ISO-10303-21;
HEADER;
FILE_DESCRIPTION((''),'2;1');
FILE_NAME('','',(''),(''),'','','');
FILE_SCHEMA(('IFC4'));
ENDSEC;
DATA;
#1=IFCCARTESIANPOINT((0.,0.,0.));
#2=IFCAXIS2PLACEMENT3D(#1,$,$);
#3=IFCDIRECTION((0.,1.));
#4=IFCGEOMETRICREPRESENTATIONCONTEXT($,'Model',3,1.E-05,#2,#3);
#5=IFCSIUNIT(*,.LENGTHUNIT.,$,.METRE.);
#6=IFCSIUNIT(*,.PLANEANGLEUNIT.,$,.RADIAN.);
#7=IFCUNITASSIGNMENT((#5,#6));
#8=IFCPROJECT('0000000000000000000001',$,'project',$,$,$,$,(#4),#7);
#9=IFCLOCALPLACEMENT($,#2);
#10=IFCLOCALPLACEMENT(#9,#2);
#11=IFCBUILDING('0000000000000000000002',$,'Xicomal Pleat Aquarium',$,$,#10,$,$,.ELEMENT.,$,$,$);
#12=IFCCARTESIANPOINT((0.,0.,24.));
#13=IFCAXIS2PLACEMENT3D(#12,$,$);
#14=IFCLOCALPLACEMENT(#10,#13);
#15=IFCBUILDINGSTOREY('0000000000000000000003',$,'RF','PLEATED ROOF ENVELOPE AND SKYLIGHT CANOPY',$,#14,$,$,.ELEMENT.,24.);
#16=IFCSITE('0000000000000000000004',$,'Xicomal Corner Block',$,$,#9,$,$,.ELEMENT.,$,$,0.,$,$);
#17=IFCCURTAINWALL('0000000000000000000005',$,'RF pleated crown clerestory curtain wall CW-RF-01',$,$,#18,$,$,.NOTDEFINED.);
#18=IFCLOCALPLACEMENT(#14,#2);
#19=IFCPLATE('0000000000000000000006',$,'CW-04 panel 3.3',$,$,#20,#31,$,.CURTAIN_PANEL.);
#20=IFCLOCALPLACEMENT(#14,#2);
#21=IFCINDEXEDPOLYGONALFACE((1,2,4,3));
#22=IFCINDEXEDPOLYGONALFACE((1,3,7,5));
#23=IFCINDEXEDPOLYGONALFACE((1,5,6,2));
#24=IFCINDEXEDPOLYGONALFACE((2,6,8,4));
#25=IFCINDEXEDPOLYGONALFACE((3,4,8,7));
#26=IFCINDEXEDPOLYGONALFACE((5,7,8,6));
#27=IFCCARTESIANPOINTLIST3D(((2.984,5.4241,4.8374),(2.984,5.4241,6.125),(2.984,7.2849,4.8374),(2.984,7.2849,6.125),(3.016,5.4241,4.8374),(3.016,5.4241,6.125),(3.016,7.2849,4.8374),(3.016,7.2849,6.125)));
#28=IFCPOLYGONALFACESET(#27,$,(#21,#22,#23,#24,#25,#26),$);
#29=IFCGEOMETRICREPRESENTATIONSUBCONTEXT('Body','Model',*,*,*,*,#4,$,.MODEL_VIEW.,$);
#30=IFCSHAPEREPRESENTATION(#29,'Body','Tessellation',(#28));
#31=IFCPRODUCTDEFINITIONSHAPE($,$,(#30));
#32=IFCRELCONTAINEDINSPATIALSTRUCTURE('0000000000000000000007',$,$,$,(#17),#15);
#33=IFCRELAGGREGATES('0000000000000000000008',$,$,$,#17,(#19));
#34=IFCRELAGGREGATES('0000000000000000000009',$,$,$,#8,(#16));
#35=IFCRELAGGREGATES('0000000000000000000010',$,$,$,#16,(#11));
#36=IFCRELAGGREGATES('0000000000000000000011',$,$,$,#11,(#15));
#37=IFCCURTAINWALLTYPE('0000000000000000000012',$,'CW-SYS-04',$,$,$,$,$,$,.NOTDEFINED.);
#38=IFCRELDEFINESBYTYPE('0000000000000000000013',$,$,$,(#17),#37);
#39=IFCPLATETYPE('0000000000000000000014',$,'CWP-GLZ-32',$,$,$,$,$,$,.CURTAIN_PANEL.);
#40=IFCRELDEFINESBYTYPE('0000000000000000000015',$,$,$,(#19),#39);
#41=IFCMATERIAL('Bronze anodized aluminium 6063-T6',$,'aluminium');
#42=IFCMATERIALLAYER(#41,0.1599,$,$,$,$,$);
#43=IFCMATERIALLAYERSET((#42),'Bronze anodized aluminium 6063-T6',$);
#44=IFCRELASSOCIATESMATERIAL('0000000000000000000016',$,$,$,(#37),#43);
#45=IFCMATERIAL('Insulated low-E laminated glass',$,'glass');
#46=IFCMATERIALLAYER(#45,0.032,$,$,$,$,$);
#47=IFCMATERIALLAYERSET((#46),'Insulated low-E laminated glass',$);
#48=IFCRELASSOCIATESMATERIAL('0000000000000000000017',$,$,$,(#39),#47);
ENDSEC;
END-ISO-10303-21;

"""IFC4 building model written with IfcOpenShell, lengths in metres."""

from ifc_helpers import new_model, si_unit, direction, frame, origin, origin_2d, place, context, subcontext, project, spatial, rectangle, extrude, material, layer, layer_set, type_object, element, aggregate, save


model = new_model("IFC4")

# Units and contexts
model_context = context("Model", 3, precision=1e-05, world=origin(), true_north=direction((0.0, 1.0)))
body_context = subcontext(model_context, "Body", "Model", "MODEL_VIEW")
ifc_project = project(units=[si_unit("LENGTHUNIT", "METRE"), si_unit("PLANEANGLEUNIT", "RADIAN")], contexts=[model_context])

# Site, building, storey
site_placement = place(None, origin())
site = spatial("IfcSite", under=ifc_project, at=site_placement, Name="Xicomal Corner Block", CompositionType="ELEMENT", RefElevation=0.0)
building_placement = place(site_placement, origin())
building = spatial("IfcBuilding", under=site, at=building_placement, Name="Xicomal Pleat Aquarium", CompositionType="ELEMENT")
storey_placement = place(building_placement, frame((0.0, 0.0, 24.0)))
storey = spatial("IfcBuildingStorey", under=building, at=storey_placement, Name="RF", Description="PLEATED ROOF ENVELOPE AND SKYLIGHT CANOPY", CompositionType="ELEMENT", Elevation=24.0)

# Curtain wall
ifc_material_1 = material(Name="Bronze anodized aluminium 6063-T6", Category="aluminium")
ifc_layer_1 = layer(ifc_material_1, 0.1599)
ifc_layer_set_1 = layer_set([ifc_layer_1], Name="Bronze anodized aluminium 6063-T6")
curtain_wall_type_1 = type_object("IfcCurtainWallType", Name="CW-SYS-04", PredefinedType="NOTDEFINED", material=ifc_layer_set_1)
curtain_wall_1_placement = place(storey_placement, origin())
curtain_wall_1 = element("IfcCurtainWall", 1, at=curtain_wall_1_placement, inside=storey, type_object=curtain_wall_type_1, Name="RF pleated crown clerestory curtain wall CW-RF-01", PredefinedType="NOTDEFINED")

# Plate
ifc_material_2 = material(Name="Insulated low-E laminated glass", Category="glass")
ifc_layer_2 = layer(ifc_material_2, 0.032)
ifc_layer_set_2 = layer_set([ifc_layer_2], Name="Insulated low-E laminated glass")
plate_type = type_object("IfcPlateType", Name="CWP-GLZ-32", PredefinedType="CURTAIN_PANEL", material=ifc_layer_set_2)
plate_1_placement = place(storey_placement, frame((3.0, 6.3545, 4.8374), z_axis=(0.0, 0.0, 1.0), x_axis=(0.0, 1.0, 0.0)))
plate_1 = element("IfcPlate", 2, at=plate_1_placement, type_object=plate_type, Name="CW-04 panel 3.3", PredefinedType="CURTAIN_PANEL", context=body_context, shape_type="SweptSolid", body=[
    extrude(rectangle(XDim=1.8608, YDim=0.032, at=origin_2d()), origin(), (0.0, 0.0, 1.0), 1.2876),
])
aggregate(curtain_wall_1, [plate_1])

save(model, "model.ifc")
